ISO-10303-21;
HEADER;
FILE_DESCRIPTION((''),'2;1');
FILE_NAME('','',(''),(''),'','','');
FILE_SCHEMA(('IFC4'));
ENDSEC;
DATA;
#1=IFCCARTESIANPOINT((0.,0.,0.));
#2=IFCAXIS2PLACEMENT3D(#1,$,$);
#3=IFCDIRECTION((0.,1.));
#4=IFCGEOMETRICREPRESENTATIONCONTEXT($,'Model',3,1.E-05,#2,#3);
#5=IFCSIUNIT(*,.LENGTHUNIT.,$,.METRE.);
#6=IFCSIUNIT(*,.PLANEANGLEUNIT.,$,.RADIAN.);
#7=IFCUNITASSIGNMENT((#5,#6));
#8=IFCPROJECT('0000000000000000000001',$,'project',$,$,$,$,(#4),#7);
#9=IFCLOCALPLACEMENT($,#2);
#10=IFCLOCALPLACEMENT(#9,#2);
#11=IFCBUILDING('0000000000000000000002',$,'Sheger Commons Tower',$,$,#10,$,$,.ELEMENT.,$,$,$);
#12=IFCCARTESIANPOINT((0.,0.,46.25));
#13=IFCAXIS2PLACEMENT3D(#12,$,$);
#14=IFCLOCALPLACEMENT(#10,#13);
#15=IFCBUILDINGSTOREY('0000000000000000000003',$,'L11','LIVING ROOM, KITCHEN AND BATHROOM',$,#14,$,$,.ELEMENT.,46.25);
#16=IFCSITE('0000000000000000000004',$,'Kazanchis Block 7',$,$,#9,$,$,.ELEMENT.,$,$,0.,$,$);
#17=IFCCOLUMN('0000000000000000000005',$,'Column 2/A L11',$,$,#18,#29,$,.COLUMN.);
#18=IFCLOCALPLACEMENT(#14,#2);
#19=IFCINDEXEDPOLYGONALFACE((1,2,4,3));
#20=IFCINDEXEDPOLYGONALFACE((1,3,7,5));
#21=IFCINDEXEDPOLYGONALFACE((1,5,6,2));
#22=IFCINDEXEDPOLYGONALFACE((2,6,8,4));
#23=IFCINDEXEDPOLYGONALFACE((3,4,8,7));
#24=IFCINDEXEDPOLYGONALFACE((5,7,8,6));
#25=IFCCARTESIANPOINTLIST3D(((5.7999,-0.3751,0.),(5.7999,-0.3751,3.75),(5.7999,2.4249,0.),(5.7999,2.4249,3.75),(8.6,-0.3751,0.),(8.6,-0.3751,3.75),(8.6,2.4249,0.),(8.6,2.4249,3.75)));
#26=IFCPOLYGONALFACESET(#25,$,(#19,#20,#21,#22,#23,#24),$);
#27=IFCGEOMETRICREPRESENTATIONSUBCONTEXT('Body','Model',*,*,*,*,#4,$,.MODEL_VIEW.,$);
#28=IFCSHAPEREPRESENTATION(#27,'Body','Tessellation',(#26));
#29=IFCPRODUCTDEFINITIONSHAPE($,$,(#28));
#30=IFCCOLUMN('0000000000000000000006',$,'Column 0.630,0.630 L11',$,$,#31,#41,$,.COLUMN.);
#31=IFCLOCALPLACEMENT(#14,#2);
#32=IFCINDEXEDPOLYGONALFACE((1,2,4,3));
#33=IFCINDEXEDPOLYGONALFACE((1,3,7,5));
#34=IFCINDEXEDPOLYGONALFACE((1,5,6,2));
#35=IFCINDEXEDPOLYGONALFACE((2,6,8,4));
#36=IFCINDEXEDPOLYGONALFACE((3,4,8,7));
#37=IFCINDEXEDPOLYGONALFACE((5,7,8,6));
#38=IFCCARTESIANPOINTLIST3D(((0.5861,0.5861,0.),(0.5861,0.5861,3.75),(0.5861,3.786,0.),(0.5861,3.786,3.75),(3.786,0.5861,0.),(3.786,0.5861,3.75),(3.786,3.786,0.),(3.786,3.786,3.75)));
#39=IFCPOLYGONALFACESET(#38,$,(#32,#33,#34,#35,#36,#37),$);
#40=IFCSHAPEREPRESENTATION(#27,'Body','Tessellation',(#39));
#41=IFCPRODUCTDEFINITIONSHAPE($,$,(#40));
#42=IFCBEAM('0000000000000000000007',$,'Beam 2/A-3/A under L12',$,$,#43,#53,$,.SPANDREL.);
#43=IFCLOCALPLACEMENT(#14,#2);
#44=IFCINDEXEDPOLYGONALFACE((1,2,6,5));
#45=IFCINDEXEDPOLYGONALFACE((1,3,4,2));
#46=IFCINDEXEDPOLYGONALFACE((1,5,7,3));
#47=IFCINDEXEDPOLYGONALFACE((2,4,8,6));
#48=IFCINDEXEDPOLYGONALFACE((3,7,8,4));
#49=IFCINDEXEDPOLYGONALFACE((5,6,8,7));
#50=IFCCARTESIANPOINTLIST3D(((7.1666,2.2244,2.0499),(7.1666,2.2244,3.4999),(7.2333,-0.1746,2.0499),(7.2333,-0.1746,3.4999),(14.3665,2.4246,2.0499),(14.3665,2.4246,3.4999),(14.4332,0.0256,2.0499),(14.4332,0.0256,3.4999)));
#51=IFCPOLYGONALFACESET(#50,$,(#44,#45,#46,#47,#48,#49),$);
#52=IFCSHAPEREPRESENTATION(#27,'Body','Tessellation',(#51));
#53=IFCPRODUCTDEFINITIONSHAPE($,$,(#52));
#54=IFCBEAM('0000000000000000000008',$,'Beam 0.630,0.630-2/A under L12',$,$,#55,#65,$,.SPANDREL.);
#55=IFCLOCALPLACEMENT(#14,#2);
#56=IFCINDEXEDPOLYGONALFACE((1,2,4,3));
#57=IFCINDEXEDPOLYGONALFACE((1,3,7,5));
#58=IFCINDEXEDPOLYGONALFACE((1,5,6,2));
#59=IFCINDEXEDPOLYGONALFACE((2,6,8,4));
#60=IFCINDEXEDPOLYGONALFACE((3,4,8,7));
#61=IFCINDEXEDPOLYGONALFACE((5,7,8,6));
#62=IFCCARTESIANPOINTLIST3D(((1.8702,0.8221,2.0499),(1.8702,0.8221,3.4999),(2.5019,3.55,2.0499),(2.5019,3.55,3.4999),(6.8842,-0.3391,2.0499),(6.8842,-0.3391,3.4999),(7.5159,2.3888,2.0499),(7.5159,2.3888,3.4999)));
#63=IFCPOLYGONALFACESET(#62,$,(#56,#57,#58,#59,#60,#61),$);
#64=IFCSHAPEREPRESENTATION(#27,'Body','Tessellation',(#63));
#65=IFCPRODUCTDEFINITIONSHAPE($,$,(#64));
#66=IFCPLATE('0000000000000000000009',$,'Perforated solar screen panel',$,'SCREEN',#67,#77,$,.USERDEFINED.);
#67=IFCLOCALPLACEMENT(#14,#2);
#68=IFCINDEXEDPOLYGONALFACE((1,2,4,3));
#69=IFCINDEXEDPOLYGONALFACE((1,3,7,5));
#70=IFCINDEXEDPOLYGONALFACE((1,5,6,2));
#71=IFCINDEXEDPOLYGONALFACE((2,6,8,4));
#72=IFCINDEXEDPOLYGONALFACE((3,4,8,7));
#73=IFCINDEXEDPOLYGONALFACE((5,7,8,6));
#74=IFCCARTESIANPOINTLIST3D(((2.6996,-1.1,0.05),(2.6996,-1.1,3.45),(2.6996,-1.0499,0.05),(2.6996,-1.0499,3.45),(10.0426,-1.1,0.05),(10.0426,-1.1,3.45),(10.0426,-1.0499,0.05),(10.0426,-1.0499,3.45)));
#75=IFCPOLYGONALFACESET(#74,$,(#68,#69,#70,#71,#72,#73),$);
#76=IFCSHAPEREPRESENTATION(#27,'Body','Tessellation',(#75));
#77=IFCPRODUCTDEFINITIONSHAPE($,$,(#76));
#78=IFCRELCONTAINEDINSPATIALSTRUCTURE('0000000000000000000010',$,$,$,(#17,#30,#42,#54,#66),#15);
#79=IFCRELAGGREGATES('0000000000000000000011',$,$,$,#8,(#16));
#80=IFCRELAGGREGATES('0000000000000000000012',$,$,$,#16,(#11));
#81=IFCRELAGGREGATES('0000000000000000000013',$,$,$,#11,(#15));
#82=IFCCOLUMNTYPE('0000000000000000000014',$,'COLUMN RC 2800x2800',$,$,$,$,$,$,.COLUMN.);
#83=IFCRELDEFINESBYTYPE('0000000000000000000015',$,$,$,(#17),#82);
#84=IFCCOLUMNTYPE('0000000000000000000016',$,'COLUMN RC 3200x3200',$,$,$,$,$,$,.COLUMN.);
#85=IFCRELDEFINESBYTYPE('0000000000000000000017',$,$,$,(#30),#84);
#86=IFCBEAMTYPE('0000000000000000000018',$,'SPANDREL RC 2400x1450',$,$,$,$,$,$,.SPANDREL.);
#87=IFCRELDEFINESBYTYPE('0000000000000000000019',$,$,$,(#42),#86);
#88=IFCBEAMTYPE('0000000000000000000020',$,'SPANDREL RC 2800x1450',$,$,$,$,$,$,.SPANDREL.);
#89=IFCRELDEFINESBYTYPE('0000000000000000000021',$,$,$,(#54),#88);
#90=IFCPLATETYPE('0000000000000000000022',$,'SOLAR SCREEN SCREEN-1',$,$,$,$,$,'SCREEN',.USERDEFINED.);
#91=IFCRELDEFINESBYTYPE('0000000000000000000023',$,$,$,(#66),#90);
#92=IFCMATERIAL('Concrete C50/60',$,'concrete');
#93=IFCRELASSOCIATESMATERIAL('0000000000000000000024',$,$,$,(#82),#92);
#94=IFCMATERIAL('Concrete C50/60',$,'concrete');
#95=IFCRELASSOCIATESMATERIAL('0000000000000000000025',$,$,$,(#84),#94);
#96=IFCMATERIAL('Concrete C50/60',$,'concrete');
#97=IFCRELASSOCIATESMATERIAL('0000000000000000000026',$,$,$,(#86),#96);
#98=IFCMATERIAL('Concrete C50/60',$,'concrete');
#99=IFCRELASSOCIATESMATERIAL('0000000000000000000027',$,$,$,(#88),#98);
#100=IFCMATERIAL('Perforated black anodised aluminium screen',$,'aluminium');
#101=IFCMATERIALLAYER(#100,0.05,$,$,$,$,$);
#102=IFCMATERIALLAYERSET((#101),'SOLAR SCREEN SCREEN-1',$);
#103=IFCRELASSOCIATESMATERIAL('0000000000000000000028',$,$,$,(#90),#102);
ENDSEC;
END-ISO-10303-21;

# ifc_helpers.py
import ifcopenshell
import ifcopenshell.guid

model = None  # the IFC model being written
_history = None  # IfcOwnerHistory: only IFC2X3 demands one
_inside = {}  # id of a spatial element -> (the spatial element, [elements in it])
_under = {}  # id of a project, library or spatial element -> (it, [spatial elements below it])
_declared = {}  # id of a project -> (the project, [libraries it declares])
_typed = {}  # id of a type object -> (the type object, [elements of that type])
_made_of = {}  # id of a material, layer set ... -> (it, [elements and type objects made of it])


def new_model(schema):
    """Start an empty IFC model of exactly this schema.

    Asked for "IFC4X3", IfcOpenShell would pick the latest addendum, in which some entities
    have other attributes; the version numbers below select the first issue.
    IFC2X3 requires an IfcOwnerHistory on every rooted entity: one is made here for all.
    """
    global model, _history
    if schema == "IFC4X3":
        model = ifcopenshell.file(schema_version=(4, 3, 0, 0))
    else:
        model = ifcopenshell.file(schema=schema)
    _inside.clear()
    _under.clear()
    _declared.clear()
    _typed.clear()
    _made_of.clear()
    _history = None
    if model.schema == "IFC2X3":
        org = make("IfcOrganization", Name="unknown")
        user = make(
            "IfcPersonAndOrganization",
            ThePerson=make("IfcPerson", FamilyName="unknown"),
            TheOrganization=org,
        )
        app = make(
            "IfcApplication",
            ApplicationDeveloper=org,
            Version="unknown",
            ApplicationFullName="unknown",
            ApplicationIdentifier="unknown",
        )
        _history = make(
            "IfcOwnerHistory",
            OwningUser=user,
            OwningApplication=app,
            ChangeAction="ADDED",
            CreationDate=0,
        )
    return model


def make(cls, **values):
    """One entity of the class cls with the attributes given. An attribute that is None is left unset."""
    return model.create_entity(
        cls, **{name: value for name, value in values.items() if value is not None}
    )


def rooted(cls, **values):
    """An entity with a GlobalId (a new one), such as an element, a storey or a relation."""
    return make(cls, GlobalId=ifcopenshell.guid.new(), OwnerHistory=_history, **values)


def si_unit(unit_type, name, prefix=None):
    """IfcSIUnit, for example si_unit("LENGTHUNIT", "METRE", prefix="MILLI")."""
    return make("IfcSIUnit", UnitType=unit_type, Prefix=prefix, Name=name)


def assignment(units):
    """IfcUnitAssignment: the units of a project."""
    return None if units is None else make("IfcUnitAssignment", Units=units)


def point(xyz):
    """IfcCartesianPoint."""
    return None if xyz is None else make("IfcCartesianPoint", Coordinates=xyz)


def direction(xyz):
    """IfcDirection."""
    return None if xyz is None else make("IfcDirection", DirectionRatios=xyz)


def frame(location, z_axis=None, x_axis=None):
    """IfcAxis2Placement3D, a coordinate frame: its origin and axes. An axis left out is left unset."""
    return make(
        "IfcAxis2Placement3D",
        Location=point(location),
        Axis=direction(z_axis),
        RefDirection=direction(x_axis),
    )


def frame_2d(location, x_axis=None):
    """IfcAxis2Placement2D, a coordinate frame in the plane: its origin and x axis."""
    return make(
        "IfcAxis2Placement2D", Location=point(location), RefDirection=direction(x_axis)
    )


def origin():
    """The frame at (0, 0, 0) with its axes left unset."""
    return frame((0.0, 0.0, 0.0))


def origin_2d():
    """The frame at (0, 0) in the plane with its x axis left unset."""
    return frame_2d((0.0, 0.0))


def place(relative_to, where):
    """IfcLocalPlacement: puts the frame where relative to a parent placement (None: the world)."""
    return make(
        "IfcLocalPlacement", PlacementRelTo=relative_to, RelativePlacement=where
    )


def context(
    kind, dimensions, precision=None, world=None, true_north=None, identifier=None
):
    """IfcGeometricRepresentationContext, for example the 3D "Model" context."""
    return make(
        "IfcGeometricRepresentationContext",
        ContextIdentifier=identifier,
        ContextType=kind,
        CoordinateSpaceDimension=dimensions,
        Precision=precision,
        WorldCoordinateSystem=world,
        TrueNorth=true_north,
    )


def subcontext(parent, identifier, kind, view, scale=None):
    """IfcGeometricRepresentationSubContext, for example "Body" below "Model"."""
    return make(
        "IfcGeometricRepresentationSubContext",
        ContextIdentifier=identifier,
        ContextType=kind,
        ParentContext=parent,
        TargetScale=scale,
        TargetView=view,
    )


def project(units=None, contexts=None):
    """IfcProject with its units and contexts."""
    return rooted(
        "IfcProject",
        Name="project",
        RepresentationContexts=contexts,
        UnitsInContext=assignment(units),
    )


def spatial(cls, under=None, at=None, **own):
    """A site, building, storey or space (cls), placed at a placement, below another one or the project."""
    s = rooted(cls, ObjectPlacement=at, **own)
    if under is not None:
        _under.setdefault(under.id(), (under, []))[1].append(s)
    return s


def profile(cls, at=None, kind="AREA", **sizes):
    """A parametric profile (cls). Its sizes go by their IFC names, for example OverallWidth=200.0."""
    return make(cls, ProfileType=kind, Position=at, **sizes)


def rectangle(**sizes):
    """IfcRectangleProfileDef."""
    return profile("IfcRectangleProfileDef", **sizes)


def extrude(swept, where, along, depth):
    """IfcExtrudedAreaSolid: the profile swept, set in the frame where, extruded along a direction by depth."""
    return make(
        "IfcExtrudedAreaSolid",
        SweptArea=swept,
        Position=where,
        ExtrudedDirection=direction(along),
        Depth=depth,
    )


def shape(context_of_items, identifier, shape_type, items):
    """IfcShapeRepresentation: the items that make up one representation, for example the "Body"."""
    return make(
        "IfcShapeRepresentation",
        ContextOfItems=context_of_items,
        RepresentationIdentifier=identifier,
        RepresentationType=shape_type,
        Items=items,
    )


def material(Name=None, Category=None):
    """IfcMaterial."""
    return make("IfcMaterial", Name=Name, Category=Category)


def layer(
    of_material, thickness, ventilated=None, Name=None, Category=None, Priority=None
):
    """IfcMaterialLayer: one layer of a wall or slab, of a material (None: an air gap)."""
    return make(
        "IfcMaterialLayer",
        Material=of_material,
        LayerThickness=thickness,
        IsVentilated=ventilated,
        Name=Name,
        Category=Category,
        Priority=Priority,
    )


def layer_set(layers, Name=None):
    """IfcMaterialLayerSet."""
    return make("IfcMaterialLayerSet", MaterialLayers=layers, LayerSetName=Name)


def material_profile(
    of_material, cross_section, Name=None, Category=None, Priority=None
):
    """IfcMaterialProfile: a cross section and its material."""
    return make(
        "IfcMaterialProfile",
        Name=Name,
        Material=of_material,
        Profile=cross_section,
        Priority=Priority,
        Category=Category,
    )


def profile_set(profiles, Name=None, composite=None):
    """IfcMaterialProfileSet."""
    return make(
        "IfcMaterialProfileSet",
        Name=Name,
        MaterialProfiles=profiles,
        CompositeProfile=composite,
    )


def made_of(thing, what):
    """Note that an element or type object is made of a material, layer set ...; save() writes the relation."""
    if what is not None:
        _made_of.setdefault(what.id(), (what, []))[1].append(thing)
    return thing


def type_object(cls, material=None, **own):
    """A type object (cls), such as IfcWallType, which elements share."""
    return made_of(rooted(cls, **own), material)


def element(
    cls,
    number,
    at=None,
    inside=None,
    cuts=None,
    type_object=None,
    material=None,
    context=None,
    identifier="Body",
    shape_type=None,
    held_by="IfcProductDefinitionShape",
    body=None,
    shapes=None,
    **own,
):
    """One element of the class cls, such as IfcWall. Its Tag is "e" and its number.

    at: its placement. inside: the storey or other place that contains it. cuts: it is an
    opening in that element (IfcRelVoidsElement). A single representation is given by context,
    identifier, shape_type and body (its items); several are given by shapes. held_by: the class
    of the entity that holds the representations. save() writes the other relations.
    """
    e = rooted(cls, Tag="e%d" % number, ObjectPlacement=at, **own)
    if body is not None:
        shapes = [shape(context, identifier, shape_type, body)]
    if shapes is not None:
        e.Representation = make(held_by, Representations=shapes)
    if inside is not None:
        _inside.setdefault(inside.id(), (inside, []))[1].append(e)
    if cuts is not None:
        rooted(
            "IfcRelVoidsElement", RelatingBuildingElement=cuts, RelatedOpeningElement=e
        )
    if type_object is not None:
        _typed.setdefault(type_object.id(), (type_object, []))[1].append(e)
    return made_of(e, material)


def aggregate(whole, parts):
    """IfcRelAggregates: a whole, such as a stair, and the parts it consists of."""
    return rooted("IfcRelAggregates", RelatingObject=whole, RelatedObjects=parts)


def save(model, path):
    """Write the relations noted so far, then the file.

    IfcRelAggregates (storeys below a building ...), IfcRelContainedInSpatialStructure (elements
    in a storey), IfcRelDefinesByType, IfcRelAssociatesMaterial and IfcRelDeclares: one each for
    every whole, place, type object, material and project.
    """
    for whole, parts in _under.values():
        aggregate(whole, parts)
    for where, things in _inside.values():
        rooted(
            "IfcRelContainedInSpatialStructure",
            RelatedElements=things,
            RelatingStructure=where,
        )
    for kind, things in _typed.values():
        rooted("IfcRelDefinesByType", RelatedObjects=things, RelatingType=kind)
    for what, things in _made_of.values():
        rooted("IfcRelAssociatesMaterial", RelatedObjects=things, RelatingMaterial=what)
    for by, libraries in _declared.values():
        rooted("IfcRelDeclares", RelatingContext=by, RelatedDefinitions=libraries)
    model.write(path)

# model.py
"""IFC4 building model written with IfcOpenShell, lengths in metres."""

from ifc_helpers import new_model, si_unit, direction, frame, origin, origin_2d, place, context, subcontext, project, spatial, rectangle, extrude, material, layer, layer_set, material_profile, profile_set, type_object, element, save


model = new_model("IFC4")

# Units and contexts
model_context = context("Model", 3, precision=1e-05, world=origin(), true_north=direction((0.0, 1.0)))
body_context = subcontext(model_context, "Body", "Model", "MODEL_VIEW")
ifc_project = project(units=[si_unit("LENGTHUNIT", "METRE"), si_unit("PLANEANGLEUNIT", "RADIAN")], contexts=[model_context])

# Site, building, storey
site_placement = place(None, origin())
site = spatial("IfcSite", under=ifc_project, at=site_placement, Name="Kazanchis Block 7", CompositionType="ELEMENT", RefElevation=0.0)
building_placement = place(site_placement, origin())
building = spatial("IfcBuilding", under=site, at=building_placement, Name="Sheger Commons Tower", CompositionType="ELEMENT")
storey_placement = place(building_placement, frame((0.0, 0.0, 46.25)))
storey = spatial("IfcBuildingStorey", under=building, at=storey_placement, Name="L11", Description="LIVING ROOM, KITCHEN AND BATHROOM", CompositionType="ELEMENT", Elevation=46.25)

# Columns
ifc_material_1 = material(Name="Concrete C50/60", Category="concrete")
ifc_material_profile_1 = material_profile(ifc_material_1, rectangle(XDim=2.8, YDim=2.8, at=origin_2d()), Name="RC 2800x2800")
ifc_profile_set_1 = profile_set([ifc_material_profile_1], Name="Concrete C50/60")
column_type_1 = type_object("IfcColumnType", Name="COLUMN RC 2800x2800", PredefinedType="COLUMN", material=ifc_profile_set_1)
column_1_placement = place(storey_placement, frame((7.2, 1.0249, 0.0), z_axis=(0.0, 0.0, 1.0), x_axis=(1.0, 0.0, 0.0)))
element("IfcColumn", 1, at=column_1_placement, inside=storey, type_object=column_type_1, Name="Column 2/A L11", PredefinedType="COLUMN", context=body_context, shape_type="SweptSolid", body=[
    extrude(rectangle(XDim=2.8, YDim=2.8, at=origin_2d()), origin(), (0.0, 0.0, 1.0), 3.75),
])
ifc_material_2 = material(Name="Concrete C50/60", Category="concrete")
ifc_material_profile_2 = material_profile(ifc_material_2, rectangle(XDim=3.2, YDim=3.2, at=origin_2d()), Name="RC 3200x3200")
ifc_profile_set_2 = profile_set([ifc_material_profile_2], Name="Concrete C50/60")
column_type_2 = type_object("IfcColumnType", Name="COLUMN RC 3200x3200", PredefinedType="COLUMN", material=ifc_profile_set_2)
column_2_placement = place(storey_placement, frame((2.186, 2.186, 0.0), z_axis=(0.0, 0.0, 1.0), x_axis=(1.0, 0.0, 0.0)))
element("IfcColumn", 2, at=column_2_placement, inside=storey, type_object=column_type_2, Name="Column 0.630,0.630 L11", PredefinedType="COLUMN", context=body_context, shape_type="SweptSolid", body=[
    extrude(rectangle(XDim=3.2, YDim=3.2, at=origin_2d()), origin(), (0.0, 0.0, 1.0), 3.75),
])

# Beams
ifc_material_3 = material(Name="Concrete C50/60", Category="concrete")
ifc_material_profile_3 = material_profile(ifc_material_3, rectangle(XDim=2.3999, YDim=1.45, at=origin_2d()), Name="RC 2400x1450")
ifc_profile_set_3 = profile_set([ifc_material_profile_3], Name="Concrete C50/60")
beam_type_1 = type_object("IfcBeamType", Name="SPANDREL RC 2400x1450", PredefinedType="SPANDREL", material=ifc_profile_set_3)
beam_1_placement = place(storey_placement, frame((7.2, 1.0249, 2.7749), z_axis=(0.999614, 0.027794, 0.0), x_axis=(-0.027794, 0.999614, 0.0)))
element("IfcBeam", 3, at=beam_1_placement, inside=storey, type_object=beam_type_1, Name="Beam 2/A-3/A under L12", PredefinedType="SPANDREL", context=body_context, shape_type="SweptSolid", body=[
    extrude(rectangle(XDim=2.3999, YDim=1.45, at=origin_2d()), origin(), (0.0, 0.0, 1.0), 7.2026),
])
ifc_material_4 = material(Name="Concrete C50/60", Category="concrete")
ifc_material_profile_4 = material_profile(ifc_material_4, rectangle(XDim=2.8, YDim=1.45, at=origin_2d()), Name="RC 2800x1450")
ifc_profile_set_4 = profile_set([ifc_material_profile_4], Name="Concrete C50/60")
beam_type_2 = type_object("IfcBeamType", Name="SPANDREL RC 2800x1450", PredefinedType="SPANDREL", material=ifc_profile_set_4)
beam_2_placement = place(storey_placement, frame((2.186, 2.186, 2.7749), z_axis=(0.974217, -0.225611, 0.0), x_axis=(0.225611, 0.974217, 0.0)))
element("IfcBeam", 4, at=beam_2_placement, inside=storey, type_object=beam_type_2, Name="Beam 0.630,0.630-2/A under L12", PredefinedType="SPANDREL", context=body_context, shape_type="SweptSolid", body=[
    extrude(rectangle(XDim=2.8, YDim=1.45, at=origin_2d()), origin(), (0.0, 0.0, 1.0), 5.1467),
])

# Plate
ifc_material_5 = material(Name="Perforated black anodised aluminium screen", Category="aluminium")
ifc_layer_1 = layer(ifc_material_5, 0.05)
ifc_layer_set_1 = layer_set([ifc_layer_1], Name="SOLAR SCREEN SCREEN-1")
plate_type = type_object("IfcPlateType", Name="SOLAR SCREEN SCREEN-1", ElementType="SCREEN", PredefinedType="USERDEFINED", material=ifc_layer_set_1)
plate_placement = place(storey_placement, frame((6.3711, -1.075, 0.05), z_axis=(0.0, 0.0, 1.0), x_axis=(1.0, 0.0, 0.0)))
element("IfcPlate", 5, at=plate_placement, inside=storey, type_object=plate_type, Name="Perforated solar screen panel", ObjectType="SCREEN", PredefinedType="USERDEFINED", context=body_context, shape_type="SweptSolid", body=[
    extrude(rectangle(XDim=7.343, YDim=0.05, at=origin_2d()), origin(), (0.0, 0.0, 1.0), 3.3999),
])

save(model, "model.ifc")
